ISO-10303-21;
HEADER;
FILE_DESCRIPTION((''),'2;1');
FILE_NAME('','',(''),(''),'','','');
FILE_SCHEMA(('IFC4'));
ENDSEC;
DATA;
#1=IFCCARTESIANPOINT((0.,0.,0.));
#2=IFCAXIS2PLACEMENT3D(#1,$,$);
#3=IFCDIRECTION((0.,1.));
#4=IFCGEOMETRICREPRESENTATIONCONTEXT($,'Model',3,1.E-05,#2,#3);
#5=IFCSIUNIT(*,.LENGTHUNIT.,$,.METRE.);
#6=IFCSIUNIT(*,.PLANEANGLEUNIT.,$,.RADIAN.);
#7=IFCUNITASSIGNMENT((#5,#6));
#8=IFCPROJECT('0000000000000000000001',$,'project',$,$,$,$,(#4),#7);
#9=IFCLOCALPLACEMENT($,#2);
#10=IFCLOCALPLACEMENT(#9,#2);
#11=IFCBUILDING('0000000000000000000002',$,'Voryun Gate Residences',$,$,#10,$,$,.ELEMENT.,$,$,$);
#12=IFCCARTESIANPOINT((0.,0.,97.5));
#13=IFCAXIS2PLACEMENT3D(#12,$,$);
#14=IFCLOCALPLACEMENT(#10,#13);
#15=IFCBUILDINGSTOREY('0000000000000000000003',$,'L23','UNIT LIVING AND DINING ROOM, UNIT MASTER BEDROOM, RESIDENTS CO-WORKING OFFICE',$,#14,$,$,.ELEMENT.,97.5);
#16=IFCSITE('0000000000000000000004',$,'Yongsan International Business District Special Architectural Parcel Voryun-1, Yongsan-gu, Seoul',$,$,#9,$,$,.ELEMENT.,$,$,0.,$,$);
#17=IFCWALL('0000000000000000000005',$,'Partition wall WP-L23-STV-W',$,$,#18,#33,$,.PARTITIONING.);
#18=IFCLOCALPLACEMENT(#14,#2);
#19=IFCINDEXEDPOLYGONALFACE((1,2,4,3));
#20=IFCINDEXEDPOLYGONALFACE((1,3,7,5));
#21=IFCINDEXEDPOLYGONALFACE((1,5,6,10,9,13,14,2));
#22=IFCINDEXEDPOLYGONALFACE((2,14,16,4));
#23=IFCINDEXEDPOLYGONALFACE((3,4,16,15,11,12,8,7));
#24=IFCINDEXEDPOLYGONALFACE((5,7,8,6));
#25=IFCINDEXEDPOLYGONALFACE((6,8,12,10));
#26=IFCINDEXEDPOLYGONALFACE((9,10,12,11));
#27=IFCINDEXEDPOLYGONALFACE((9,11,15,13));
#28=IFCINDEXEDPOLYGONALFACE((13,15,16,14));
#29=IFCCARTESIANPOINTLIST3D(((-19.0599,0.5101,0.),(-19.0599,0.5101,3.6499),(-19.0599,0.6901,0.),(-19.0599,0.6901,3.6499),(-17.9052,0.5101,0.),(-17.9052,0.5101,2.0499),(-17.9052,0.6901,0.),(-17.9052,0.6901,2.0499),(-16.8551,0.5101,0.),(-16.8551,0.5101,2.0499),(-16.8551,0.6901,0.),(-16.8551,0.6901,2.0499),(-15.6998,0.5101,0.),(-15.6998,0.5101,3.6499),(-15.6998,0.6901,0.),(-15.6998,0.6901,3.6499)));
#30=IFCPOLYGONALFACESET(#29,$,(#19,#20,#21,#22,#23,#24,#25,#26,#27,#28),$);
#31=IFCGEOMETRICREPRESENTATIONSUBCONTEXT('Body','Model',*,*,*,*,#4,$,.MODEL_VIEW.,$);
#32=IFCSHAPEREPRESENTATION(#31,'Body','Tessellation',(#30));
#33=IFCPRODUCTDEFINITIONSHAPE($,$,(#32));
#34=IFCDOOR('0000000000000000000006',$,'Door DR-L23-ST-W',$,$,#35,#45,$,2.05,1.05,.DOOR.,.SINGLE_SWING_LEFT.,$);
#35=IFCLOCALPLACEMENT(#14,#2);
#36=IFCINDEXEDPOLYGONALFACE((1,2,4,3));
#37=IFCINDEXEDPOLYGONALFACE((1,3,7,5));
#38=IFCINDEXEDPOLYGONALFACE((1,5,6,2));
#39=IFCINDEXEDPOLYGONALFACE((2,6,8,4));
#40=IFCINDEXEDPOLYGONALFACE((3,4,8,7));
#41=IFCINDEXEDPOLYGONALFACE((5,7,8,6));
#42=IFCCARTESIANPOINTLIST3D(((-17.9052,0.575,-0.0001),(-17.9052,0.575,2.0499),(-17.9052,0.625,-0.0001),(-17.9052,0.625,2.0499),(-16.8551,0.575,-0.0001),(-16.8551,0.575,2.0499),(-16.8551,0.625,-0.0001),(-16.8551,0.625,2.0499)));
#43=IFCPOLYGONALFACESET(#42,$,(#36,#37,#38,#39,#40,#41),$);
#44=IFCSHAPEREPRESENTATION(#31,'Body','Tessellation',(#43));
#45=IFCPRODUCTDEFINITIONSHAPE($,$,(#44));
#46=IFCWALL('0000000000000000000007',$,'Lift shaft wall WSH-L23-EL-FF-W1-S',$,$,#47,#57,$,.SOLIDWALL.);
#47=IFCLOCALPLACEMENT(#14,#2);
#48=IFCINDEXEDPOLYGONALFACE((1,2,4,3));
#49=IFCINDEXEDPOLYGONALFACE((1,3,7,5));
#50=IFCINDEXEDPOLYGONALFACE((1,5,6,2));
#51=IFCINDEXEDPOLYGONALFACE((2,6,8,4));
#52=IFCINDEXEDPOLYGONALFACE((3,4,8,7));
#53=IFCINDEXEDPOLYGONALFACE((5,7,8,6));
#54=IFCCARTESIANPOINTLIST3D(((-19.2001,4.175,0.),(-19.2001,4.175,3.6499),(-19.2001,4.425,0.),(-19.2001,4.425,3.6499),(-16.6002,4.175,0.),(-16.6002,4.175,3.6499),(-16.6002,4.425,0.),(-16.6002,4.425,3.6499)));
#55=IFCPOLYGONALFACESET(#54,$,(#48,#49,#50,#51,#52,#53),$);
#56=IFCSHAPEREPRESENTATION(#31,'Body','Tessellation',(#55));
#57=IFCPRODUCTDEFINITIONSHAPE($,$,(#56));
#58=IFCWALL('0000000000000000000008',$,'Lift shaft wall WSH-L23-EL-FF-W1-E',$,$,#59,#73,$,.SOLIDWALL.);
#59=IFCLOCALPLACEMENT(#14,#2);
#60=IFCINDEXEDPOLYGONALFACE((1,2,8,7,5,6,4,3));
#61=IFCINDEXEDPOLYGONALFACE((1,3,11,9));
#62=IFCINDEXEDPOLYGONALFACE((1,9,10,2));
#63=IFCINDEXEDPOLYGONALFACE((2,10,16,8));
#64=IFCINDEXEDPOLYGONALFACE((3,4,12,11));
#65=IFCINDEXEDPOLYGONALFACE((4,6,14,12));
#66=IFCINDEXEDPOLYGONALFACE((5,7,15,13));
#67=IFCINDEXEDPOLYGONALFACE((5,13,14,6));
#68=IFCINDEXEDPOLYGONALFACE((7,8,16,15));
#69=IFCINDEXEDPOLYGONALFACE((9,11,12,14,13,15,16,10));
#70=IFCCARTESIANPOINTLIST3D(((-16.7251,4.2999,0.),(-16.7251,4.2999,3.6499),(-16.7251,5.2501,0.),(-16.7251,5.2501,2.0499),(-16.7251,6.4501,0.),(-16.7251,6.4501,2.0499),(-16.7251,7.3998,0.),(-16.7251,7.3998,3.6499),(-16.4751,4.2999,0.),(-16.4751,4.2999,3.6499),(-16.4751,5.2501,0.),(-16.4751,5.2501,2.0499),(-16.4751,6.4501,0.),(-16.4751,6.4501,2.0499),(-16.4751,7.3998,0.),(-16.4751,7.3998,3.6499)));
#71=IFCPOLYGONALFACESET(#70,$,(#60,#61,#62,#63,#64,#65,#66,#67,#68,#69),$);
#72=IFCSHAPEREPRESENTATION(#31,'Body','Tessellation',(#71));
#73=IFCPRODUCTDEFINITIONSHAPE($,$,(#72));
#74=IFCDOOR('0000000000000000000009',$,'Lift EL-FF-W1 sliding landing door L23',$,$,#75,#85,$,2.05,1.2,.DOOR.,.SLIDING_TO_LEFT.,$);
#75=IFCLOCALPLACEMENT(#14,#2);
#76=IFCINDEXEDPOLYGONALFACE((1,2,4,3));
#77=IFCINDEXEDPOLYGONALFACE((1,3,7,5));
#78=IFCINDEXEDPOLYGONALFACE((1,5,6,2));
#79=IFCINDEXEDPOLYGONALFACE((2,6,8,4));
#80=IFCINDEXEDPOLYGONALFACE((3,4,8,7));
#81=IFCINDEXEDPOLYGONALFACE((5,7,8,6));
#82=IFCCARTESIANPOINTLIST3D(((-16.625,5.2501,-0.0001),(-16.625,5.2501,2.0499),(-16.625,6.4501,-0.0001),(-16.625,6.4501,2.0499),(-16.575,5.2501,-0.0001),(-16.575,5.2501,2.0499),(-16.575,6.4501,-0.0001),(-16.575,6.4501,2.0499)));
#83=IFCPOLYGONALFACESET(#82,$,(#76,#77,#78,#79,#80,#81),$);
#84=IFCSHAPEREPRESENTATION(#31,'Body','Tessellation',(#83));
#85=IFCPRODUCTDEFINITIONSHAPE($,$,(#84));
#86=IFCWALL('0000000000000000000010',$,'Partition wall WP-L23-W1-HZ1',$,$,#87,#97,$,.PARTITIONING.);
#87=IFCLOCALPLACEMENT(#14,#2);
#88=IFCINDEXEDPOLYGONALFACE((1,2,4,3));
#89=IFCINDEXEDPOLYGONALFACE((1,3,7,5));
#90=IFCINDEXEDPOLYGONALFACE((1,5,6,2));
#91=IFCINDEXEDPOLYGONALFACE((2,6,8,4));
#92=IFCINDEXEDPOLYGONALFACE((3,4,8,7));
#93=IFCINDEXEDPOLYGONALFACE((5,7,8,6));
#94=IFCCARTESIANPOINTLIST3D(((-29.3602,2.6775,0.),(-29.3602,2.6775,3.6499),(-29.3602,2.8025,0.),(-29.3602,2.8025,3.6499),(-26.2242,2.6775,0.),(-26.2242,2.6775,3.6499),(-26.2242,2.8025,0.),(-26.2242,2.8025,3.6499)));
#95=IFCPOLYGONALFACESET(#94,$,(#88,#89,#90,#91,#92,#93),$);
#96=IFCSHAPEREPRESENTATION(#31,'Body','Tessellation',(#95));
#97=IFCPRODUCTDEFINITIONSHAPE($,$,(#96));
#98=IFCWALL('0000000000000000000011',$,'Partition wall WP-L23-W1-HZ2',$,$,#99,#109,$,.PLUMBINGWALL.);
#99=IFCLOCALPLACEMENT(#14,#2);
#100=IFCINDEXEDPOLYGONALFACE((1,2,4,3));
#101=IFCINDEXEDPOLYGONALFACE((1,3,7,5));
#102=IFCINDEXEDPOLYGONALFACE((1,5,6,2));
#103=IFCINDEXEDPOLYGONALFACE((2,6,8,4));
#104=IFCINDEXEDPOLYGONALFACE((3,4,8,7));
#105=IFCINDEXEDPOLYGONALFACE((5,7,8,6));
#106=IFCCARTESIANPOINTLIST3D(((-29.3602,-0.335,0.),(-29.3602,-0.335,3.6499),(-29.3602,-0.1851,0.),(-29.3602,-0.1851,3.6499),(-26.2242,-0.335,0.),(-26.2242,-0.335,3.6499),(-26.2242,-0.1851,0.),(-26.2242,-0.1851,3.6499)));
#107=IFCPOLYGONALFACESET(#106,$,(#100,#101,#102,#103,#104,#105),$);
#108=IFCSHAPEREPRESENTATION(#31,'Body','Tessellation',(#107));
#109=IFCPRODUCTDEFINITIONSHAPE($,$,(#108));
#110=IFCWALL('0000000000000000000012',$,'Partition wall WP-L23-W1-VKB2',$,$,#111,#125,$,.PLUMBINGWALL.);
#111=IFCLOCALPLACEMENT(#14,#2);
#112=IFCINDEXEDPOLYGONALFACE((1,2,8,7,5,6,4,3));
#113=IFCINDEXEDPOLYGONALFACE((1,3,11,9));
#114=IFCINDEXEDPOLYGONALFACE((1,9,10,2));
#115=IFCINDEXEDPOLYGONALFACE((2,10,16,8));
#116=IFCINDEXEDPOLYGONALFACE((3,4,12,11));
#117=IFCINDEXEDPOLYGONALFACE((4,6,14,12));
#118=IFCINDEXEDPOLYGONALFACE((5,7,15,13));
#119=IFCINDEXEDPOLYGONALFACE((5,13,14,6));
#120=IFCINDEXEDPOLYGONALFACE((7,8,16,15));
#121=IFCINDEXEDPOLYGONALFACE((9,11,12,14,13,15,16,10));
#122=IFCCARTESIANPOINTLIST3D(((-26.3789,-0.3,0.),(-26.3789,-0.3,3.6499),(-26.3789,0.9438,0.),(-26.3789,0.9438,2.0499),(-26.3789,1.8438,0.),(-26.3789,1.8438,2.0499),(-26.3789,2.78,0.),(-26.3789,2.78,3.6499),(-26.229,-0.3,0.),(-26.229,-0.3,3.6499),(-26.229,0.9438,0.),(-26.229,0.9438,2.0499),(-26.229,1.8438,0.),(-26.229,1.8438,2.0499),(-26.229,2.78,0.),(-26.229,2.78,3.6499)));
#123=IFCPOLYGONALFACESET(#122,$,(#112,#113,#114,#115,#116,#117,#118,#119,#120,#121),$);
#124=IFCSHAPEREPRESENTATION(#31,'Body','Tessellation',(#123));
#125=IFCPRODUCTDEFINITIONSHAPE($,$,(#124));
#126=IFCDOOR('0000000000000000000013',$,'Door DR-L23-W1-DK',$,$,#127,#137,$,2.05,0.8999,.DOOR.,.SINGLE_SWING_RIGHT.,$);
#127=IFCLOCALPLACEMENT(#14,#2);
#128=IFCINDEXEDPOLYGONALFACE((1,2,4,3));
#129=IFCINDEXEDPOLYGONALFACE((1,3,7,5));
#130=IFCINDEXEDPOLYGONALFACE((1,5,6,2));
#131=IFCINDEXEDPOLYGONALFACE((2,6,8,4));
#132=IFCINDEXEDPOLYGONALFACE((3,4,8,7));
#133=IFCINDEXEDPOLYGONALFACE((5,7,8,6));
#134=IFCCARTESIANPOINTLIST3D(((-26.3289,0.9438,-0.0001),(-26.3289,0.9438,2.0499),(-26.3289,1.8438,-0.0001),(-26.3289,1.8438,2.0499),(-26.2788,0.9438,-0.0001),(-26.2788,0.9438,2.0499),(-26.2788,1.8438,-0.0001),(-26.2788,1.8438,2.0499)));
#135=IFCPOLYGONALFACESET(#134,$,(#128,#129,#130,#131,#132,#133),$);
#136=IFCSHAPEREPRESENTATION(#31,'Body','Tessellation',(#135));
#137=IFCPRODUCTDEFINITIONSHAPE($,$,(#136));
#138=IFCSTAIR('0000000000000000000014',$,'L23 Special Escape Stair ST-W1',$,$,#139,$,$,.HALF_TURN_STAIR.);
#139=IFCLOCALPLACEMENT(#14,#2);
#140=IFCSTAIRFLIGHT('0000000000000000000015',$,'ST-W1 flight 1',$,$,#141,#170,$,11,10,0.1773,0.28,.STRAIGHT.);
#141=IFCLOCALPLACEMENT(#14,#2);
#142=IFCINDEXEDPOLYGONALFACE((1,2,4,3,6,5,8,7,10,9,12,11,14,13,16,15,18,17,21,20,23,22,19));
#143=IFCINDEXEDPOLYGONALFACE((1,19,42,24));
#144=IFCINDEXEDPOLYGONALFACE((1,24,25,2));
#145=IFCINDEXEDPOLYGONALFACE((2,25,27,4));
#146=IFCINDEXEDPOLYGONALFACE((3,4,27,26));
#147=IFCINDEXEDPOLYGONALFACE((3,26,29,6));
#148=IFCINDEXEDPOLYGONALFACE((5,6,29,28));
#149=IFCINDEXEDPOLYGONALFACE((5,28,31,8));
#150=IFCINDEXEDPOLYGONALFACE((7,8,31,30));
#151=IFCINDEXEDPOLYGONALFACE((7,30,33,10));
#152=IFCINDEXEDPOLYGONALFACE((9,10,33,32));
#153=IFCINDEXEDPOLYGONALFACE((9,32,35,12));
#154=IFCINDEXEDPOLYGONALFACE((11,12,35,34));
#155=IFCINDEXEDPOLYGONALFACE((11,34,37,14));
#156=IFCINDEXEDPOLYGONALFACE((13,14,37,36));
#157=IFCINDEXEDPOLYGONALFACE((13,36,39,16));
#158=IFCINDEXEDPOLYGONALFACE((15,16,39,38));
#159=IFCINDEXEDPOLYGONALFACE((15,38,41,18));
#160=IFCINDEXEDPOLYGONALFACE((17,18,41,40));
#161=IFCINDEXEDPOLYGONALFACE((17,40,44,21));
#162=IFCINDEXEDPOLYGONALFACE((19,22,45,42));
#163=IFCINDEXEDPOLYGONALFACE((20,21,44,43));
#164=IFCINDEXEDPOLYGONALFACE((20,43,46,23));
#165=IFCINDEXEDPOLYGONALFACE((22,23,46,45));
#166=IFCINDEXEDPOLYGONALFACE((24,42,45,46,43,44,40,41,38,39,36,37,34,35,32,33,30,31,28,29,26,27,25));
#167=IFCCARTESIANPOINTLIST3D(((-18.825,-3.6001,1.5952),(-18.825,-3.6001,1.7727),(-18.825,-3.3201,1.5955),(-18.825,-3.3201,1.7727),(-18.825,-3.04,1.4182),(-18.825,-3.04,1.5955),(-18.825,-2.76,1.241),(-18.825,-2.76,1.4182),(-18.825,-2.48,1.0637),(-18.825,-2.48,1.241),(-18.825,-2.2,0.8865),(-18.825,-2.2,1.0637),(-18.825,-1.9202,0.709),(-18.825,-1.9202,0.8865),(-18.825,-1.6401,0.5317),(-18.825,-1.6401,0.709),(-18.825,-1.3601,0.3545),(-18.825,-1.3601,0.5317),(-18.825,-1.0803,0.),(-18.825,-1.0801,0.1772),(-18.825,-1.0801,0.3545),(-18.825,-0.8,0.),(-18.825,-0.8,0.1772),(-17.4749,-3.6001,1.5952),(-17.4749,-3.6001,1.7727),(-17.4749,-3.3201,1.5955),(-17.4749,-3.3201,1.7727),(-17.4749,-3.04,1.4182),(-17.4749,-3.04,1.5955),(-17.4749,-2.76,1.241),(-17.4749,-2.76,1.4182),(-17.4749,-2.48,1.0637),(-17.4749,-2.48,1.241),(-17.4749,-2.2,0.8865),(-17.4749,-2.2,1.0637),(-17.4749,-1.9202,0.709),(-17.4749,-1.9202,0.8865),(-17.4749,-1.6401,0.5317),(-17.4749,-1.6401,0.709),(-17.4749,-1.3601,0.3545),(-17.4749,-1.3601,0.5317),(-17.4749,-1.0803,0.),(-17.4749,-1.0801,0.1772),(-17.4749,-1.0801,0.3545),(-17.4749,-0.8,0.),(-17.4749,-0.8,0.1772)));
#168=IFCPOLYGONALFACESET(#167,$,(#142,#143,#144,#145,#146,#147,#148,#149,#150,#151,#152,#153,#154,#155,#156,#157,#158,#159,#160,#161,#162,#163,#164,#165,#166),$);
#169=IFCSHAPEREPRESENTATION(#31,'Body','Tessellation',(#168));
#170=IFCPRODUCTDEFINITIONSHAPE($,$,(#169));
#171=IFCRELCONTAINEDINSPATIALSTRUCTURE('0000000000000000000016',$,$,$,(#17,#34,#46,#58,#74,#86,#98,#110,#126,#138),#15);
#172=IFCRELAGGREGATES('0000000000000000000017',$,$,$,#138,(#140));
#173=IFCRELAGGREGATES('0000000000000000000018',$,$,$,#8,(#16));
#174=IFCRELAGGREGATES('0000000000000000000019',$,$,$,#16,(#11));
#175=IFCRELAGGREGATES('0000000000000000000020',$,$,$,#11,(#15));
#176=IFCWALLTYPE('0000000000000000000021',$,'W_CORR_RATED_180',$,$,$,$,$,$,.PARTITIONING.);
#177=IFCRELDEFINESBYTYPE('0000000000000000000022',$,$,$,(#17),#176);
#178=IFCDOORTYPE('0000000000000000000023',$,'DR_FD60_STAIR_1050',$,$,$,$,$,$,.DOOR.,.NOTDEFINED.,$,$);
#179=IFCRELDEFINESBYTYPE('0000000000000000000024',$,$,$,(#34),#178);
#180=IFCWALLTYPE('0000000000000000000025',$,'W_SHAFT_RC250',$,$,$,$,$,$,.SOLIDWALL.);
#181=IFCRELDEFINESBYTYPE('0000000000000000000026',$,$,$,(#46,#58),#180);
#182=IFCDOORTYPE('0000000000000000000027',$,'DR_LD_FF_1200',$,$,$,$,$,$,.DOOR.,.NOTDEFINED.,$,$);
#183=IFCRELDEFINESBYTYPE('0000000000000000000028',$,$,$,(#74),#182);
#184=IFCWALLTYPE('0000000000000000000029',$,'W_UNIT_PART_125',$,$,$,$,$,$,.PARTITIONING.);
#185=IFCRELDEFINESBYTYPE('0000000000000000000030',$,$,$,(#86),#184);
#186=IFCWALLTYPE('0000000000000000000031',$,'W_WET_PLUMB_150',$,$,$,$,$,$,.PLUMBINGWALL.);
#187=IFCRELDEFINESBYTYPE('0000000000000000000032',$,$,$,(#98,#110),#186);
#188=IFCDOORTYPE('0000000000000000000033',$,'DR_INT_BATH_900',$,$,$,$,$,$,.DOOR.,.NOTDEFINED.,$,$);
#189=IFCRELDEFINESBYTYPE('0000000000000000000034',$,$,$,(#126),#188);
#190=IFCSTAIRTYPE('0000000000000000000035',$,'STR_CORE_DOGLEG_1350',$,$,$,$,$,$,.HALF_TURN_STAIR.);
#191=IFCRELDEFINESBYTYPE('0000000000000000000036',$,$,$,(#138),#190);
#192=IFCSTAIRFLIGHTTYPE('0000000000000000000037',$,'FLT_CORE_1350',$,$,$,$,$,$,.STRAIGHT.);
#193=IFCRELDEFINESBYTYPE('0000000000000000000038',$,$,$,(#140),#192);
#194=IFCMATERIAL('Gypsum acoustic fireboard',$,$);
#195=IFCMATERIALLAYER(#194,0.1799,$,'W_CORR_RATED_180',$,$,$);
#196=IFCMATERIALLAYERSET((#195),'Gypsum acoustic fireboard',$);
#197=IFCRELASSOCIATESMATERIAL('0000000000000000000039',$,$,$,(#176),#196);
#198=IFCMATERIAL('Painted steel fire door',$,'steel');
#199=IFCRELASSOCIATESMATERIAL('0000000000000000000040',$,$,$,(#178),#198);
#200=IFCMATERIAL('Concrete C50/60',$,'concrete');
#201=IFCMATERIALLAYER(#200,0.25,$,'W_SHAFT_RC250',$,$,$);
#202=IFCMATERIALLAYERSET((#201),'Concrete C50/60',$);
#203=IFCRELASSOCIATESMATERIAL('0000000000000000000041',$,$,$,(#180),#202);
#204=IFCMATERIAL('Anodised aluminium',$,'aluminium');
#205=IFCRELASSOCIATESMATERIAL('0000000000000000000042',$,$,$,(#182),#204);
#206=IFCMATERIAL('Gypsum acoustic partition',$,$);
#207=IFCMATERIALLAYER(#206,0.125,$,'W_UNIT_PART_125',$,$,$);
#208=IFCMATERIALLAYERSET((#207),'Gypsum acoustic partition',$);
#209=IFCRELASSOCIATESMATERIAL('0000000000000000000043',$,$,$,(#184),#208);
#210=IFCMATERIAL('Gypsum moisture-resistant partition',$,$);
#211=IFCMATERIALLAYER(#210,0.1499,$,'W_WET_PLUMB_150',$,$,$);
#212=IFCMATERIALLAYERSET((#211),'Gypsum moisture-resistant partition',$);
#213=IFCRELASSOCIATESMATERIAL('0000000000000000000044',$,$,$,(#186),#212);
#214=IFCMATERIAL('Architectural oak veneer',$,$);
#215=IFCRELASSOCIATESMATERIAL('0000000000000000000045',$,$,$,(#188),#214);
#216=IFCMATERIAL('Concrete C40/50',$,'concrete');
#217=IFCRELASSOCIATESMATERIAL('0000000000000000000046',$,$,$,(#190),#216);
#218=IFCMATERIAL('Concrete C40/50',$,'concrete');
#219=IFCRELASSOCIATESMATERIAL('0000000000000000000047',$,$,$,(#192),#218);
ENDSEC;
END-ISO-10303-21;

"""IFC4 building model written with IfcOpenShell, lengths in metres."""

from ifc_helpers import new_model, si_unit, direction, frame, frame_2d, origin, place, context, subcontext, project, spatial, polyline, rectangle, outline, extrude, material, layer, layer_set, type_object, element, fill, aggregate, save


model = new_model("IFC4")

# Units and contexts
model_context = context("Model", 3, precision=1e-05, world=origin(), true_north=direction((0.0, 1.0)))
body_context = subcontext(model_context, "Body", "Model", "MODEL_VIEW")
ifc_project = project(units=[si_unit("LENGTHUNIT", "METRE"), si_unit("PLANEANGLEUNIT", "RADIAN")], contexts=[model_context])

# Site, building, storey
site_placement = place(None, origin())
site = spatial("IfcSite", under=ifc_project, at=site_placement, Name="Yongsan International Business District Special Architectural Parcel Voryun-1, Yongsan-gu, Seoul", CompositionType="ELEMENT", RefElevation=0.0)
building_placement = place(site_placement, origin())
building = spatial("IfcBuilding", under=site, at=building_placement, Name="Voryun Gate Residences", CompositionType="ELEMENT")
storey_placement = place(building_placement, frame((0.0, 0.0, 97.5)))
storey = spatial("IfcBuildingStorey", under=building, at=storey_placement, Name="L23", Description="UNIT LIVING AND DINING ROOM, UNIT MASTER BEDROOM, RESIDENTS CO-WORKING OFFICE", CompositionType="ELEMENT", Elevation=97.5)

# Wall, opening, door
ifc_material_1 = material(Name="Gypsum acoustic fireboard")
ifc_layer_1 = layer(ifc_material_1, 0.1799, Name="W_CORR_RATED_180")
ifc_layer_set_1 = layer_set([ifc_layer_1], Name="Gypsum acoustic fireboard")
wall_type_1 = type_object("IfcWallType", Name="W_CORR_RATED_180", PredefinedType="PARTITIONING", material=ifc_layer_set_1)
wall_1_placement = place(storey_placement, frame((-19.0601, 0.6001, 0.0), z_axis=(0.0, 0.0, 1.0), x_axis=(1.0, 0.0, 0.0)))
wall_1 = element("IfcWall", 1, at=wall_1_placement, inside=storey, type_object=wall_type_1, Name="Partition wall WP-L23-STV-W", PredefinedType="PARTITIONING", context=body_context, shape_type="SweptSolid", body=[
    extrude(rectangle(XDim=3.3601, YDim=0.1799, at=frame_2d((1.6802, 0.0))), origin(), (0.0, 0.0, 1.0), 3.6499),
])
opening_1_placement = place(wall_1_placement, frame((1.155, 0.0, 0.0)))
opening_1 = element("IfcOpeningElement", 2, at=opening_1_placement, cuts=wall_1, PredefinedType="OPENING", context=body_context, shape_type="SweptSolid", body=[
    extrude(rectangle(XDim=1.05, YDim=2.05, at=frame_2d((0.5249, 1.0249))), frame((0.0, 0.0999, 0.0), z_axis=(0.0, -1.0, 0.0), x_axis=(1.0, 0.0, 0.0)), (0.0, 0.0, 1.0), 0.2),
])
ifc_material_2 = material(Name="Painted steel fire door", Category="steel")
door_type_1 = type_object("IfcDoorType", Name="DR_FD60_STAIR_1050", OperationType="NOTDEFINED", PredefinedType="DOOR", material=ifc_material_2)
door_1_placement = place(opening_1_placement, origin())
door_1 = element("IfcDoor", 3, at=door_1_placement, inside=storey, type_object=door_type_1, Name="Door DR-L23-ST-W", OperationType="SINGLE_SWING_LEFT", OverallHeight=2.05, OverallWidth=1.05, PredefinedType="DOOR", context=body_context, shape_type="SweptSolid", body=[
    extrude(rectangle(XDim=1.05, YDim=2.05, at=frame_2d((0.5249, 1.0249))), frame((0.0, 0.0249, 0.0), z_axis=(0.0, -1.0, 0.0), x_axis=(1.0, 0.0, 0.0)), (0.0, 0.0, 1.0), 0.05),
])
fill(opening_1, door_1)

# Wall
ifc_material_3 = material(Name="Concrete C50/60", Category="concrete")
ifc_layer_2 = layer(ifc_material_3, 0.25, Name="W_SHAFT_RC250")
ifc_layer_set_2 = layer_set([ifc_layer_2], Name="Concrete C50/60")
wall_type_2 = type_object("IfcWallType", Name="W_SHAFT_RC250", PredefinedType="SOLIDWALL", material=ifc_layer_set_2)
wall_2_placement = place(storey_placement, frame((-19.2, 4.3, 0.0), z_axis=(0.0, 0.0, 1.0), x_axis=(1.0, 0.0, 0.0)))
element("IfcWall", 4, at=wall_2_placement, inside=storey, type_object=wall_type_2, Name="Lift shaft wall WSH-L23-EL-FF-W1-S", PredefinedType="SOLIDWALL", context=body_context, shape_type="SweptSolid", body=[
    extrude(rectangle(XDim=2.5999, YDim=0.25, at=frame_2d((1.2998, 0.0))), origin(), (0.0, 0.0, 1.0), 3.6499),
])

# Wall, opening, door
wall_3_placement = place(storey_placement, frame((-16.6001, 4.3, 0.0), z_axis=(0.0, 0.0, 1.0), x_axis=(0.0, 1.0, 0.0)))
wall_3 = element("IfcWall", 5, at=wall_3_placement, inside=storey, type_object=wall_type_2, Name="Lift shaft wall WSH-L23-EL-FF-W1-E", PredefinedType="SOLIDWALL", context=body_context, shape_type="SweptSolid", body=[
    extrude(rectangle(XDim=3.0999, YDim=0.25, at=frame_2d((1.5498, 0.0))), origin(), (0.0, 0.0, 1.0), 3.6499),
])
opening_2_placement = place(wall_3_placement, frame((0.95, 0.0, 0.0)))
opening_2 = element("IfcOpeningElement", 6, at=opening_2_placement, cuts=wall_3, PredefinedType="OPENING", context=body_context, shape_type="SweptSolid", body=[
    extrude(rectangle(XDim=1.2, YDim=2.05, at=frame_2d((0.6001, 1.0249))), frame((0.0, 0.135, 0.0), z_axis=(0.0, -1.0, 0.0), x_axis=(1.0, 0.0, 0.0)), (0.0, 0.0, 1.0), 0.27),
])
ifc_material_4 = material(Name="Anodised aluminium", Category="aluminium")
door_type_2 = type_object("IfcDoorType", Name="DR_LD_FF_1200", OperationType="NOTDEFINED", PredefinedType="DOOR", material=ifc_material_4)
door_2_placement = place(opening_2_placement, origin())
door_2 = element("IfcDoor", 7, at=door_2_placement, inside=storey, type_object=door_type_2, Name="Lift EL-FF-W1 sliding landing door L23", OperationType="SLIDING_TO_LEFT", OverallHeight=2.05, OverallWidth=1.2, PredefinedType="DOOR", context=body_context, shape_type="SweptSolid", body=[
    extrude(rectangle(XDim=1.2, YDim=2.05, at=frame_2d((0.6001, 1.0249))), frame((0.0, 0.0249, 0.0), z_axis=(0.0, -1.0, 0.0), x_axis=(1.0, 0.0, 0.0)), (0.0, 0.0, 1.0), 0.05),
])
fill(opening_2, door_2)

# Walls
ifc_material_5 = material(Name="Gypsum acoustic partition")
ifc_layer_3 = layer(ifc_material_5, 0.125, Name="W_UNIT_PART_125")
ifc_layer_set_3 = layer_set([ifc_layer_3], Name="Gypsum acoustic partition")
wall_type_3 = type_object("IfcWallType", Name="W_UNIT_PART_125", PredefinedType="PARTITIONING", material=ifc_layer_set_3)
wall_4_placement = place(storey_placement, frame((-29.3601, 2.74, 0.0), z_axis=(0.0, 0.0, 1.0), x_axis=(1.0, 0.0, 0.0)))
element("IfcWall", 8, at=wall_4_placement, inside=storey, type_object=wall_type_3, Name="Partition wall WP-L23-W1-HZ1", PredefinedType="PARTITIONING", context=body_context, shape_type="SweptSolid", body=[
    extrude(rectangle(XDim=3.136, YDim=0.125, at=frame_2d((1.5679, 0.0))), origin(), (0.0, 0.0, 1.0), 3.6499),
])
ifc_material_6 = material(Name="Gypsum moisture-resistant partition")
ifc_layer_4 = layer(ifc_material_6, 0.1499, Name="W_WET_PLUMB_150")
ifc_layer_set_4 = layer_set([ifc_layer_4], Name="Gypsum moisture-resistant partition")
wall_type_4 = type_object("IfcWallType", Name="W_WET_PLUMB_150", PredefinedType="PLUMBINGWALL", material=ifc_layer_set_4)
wall_5_placement = place(storey_placement, frame((-29.3601, -0.26, 0.0), z_axis=(0.0, 0.0, 1.0), x_axis=(1.0, 0.0, 0.0)))
element("IfcWall", 9, at=wall_5_placement, inside=storey, type_object=wall_type_4, Name="Partition wall WP-L23-W1-HZ2", PredefinedType="PLUMBINGWALL", context=body_context, shape_type="SweptSolid", body=[
    extrude(rectangle(XDim=3.136, YDim=0.1499, at=frame_2d((1.5679, 0.0))), origin(), (0.0, 0.0, 1.0), 3.6499),
])

# Wall, opening, door
wall_6_placement = place(storey_placement, frame((-26.304, -0.3, 0.0), z_axis=(0.0, 0.0, 1.0), x_axis=(0.0, 1.0, 0.0)))
wall_6 = element("IfcWall", 10, at=wall_6_placement, inside=storey, type_object=wall_type_4, Name="Partition wall WP-L23-W1-VKB2", PredefinedType="PLUMBINGWALL", context=body_context, shape_type="SweptSolid", body=[
    extrude(rectangle(XDim=3.0801, YDim=0.1499, at=frame_2d((1.54, 0.0))), origin(), (0.0, 0.0, 1.0), 3.6499),
])
opening_3_placement = place(wall_6_placement, frame((1.2439, 0.0, 0.0)))
opening_3 = element("IfcOpeningElement", 11, at=opening_3_placement, cuts=wall_6, PredefinedType="OPENING", context=body_context, shape_type="SweptSolid", body=[
    extrude(rectangle(XDim=0.8999, YDim=2.05, at=frame_2d((0.45, 1.0249))), frame((0.0, 0.085, 0.0), z_axis=(0.0, -1.0, 0.0), x_axis=(1.0, 0.0, 0.0)), (0.0, 0.0, 1.0), 0.1699),
])
ifc_material_7 = material(Name="Architectural oak veneer")
door_type_3 = type_object("IfcDoorType", Name="DR_INT_BATH_900", OperationType="NOTDEFINED", PredefinedType="DOOR", material=ifc_material_7)
door_3_placement = place(opening_3_placement, origin())
door_3 = element("IfcDoor", 12, at=door_3_placement, inside=storey, type_object=door_type_3, Name="Door DR-L23-W1-DK", OperationType="SINGLE_SWING_RIGHT", OverallHeight=2.05, OverallWidth=0.8999, PredefinedType="DOOR", context=body_context, shape_type="SweptSolid", body=[
    extrude(rectangle(XDim=0.8999, YDim=2.05, at=frame_2d((0.45, 1.0249))), frame((0.0, 0.0249, 0.0), z_axis=(0.0, -1.0, 0.0), x_axis=(1.0, 0.0, 0.0)), (0.0, 0.0, 1.0), 0.05),
])
fill(opening_3, door_3)

# Stair, stair flight
ifc_material_8 = material(Name="Concrete C40/50", Category="concrete")
stair_type = type_object("IfcStairType", Name="STR_CORE_DOGLEG_1350", PredefinedType="HALF_TURN_STAIR", material=ifc_material_8)
stair_placement = place(storey_placement, origin())
stair = element("IfcStair", 13, at=stair_placement, inside=storey, type_object=stair_type, Name="L23 Special Escape Stair ST-W1", PredefinedType="HALF_TURN_STAIR")
ifc_material_9 = material(Name="Concrete C40/50", Category="concrete")
stair_flight_type = type_object("IfcStairFlightType", Name="FLT_CORE_1350", PredefinedType="STRAIGHT", material=ifc_material_9)
stair_flight_placement = place(storey_placement, frame((-18.1499, -0.8, 0.0), z_axis=(0.0, 0.0, 1.0), x_axis=(0.0, -1.0, 0.0)))
stair_flight = element("IfcStairFlight", 14, at=stair_flight_placement, type_object=stair_flight_type, Name="ST-W1 flight 1", NumberOfRisers=11, NumberOfTreads=10, PredefinedType="STRAIGHT", RiserHeight=0.1773, TreadLength=0.28, context=body_context, shape_type="SweptSolid", body=[
    extrude(outline(polyline([(0.0, 0.0), (0.0, 0.1772), (0.28, 0.1772), (0.28, 0.3545), (0.5601, 0.3545), (0.5601, 0.5317), (0.8401, 0.5317), (0.8401, 0.709), (1.1201, 0.709), (1.1201, 0.8865), (1.3999, 0.8865), (1.3999, 1.0637), (1.6799, 1.0637), (1.6799, 1.241), (1.96, 1.241), (1.96, 1.4182), (2.24, 1.4182), (2.24, 1.5955), (2.52, 1.5955), (2.52, 1.7727), (2.8, 1.7727), (2.8, 1.95), (2.8, 1.5952), (0.2803, 0.0), (0.0, 0.0)])), frame((0.0, 0.675, 0.0), z_axis=(0.0, -1.0, 0.0), x_axis=(1.0, 0.0, 0.0)), (0.0, 0.0, 1.0), 1.3501),
])
aggregate(stair, [stair_flight])

save(model, "model.ifc")
